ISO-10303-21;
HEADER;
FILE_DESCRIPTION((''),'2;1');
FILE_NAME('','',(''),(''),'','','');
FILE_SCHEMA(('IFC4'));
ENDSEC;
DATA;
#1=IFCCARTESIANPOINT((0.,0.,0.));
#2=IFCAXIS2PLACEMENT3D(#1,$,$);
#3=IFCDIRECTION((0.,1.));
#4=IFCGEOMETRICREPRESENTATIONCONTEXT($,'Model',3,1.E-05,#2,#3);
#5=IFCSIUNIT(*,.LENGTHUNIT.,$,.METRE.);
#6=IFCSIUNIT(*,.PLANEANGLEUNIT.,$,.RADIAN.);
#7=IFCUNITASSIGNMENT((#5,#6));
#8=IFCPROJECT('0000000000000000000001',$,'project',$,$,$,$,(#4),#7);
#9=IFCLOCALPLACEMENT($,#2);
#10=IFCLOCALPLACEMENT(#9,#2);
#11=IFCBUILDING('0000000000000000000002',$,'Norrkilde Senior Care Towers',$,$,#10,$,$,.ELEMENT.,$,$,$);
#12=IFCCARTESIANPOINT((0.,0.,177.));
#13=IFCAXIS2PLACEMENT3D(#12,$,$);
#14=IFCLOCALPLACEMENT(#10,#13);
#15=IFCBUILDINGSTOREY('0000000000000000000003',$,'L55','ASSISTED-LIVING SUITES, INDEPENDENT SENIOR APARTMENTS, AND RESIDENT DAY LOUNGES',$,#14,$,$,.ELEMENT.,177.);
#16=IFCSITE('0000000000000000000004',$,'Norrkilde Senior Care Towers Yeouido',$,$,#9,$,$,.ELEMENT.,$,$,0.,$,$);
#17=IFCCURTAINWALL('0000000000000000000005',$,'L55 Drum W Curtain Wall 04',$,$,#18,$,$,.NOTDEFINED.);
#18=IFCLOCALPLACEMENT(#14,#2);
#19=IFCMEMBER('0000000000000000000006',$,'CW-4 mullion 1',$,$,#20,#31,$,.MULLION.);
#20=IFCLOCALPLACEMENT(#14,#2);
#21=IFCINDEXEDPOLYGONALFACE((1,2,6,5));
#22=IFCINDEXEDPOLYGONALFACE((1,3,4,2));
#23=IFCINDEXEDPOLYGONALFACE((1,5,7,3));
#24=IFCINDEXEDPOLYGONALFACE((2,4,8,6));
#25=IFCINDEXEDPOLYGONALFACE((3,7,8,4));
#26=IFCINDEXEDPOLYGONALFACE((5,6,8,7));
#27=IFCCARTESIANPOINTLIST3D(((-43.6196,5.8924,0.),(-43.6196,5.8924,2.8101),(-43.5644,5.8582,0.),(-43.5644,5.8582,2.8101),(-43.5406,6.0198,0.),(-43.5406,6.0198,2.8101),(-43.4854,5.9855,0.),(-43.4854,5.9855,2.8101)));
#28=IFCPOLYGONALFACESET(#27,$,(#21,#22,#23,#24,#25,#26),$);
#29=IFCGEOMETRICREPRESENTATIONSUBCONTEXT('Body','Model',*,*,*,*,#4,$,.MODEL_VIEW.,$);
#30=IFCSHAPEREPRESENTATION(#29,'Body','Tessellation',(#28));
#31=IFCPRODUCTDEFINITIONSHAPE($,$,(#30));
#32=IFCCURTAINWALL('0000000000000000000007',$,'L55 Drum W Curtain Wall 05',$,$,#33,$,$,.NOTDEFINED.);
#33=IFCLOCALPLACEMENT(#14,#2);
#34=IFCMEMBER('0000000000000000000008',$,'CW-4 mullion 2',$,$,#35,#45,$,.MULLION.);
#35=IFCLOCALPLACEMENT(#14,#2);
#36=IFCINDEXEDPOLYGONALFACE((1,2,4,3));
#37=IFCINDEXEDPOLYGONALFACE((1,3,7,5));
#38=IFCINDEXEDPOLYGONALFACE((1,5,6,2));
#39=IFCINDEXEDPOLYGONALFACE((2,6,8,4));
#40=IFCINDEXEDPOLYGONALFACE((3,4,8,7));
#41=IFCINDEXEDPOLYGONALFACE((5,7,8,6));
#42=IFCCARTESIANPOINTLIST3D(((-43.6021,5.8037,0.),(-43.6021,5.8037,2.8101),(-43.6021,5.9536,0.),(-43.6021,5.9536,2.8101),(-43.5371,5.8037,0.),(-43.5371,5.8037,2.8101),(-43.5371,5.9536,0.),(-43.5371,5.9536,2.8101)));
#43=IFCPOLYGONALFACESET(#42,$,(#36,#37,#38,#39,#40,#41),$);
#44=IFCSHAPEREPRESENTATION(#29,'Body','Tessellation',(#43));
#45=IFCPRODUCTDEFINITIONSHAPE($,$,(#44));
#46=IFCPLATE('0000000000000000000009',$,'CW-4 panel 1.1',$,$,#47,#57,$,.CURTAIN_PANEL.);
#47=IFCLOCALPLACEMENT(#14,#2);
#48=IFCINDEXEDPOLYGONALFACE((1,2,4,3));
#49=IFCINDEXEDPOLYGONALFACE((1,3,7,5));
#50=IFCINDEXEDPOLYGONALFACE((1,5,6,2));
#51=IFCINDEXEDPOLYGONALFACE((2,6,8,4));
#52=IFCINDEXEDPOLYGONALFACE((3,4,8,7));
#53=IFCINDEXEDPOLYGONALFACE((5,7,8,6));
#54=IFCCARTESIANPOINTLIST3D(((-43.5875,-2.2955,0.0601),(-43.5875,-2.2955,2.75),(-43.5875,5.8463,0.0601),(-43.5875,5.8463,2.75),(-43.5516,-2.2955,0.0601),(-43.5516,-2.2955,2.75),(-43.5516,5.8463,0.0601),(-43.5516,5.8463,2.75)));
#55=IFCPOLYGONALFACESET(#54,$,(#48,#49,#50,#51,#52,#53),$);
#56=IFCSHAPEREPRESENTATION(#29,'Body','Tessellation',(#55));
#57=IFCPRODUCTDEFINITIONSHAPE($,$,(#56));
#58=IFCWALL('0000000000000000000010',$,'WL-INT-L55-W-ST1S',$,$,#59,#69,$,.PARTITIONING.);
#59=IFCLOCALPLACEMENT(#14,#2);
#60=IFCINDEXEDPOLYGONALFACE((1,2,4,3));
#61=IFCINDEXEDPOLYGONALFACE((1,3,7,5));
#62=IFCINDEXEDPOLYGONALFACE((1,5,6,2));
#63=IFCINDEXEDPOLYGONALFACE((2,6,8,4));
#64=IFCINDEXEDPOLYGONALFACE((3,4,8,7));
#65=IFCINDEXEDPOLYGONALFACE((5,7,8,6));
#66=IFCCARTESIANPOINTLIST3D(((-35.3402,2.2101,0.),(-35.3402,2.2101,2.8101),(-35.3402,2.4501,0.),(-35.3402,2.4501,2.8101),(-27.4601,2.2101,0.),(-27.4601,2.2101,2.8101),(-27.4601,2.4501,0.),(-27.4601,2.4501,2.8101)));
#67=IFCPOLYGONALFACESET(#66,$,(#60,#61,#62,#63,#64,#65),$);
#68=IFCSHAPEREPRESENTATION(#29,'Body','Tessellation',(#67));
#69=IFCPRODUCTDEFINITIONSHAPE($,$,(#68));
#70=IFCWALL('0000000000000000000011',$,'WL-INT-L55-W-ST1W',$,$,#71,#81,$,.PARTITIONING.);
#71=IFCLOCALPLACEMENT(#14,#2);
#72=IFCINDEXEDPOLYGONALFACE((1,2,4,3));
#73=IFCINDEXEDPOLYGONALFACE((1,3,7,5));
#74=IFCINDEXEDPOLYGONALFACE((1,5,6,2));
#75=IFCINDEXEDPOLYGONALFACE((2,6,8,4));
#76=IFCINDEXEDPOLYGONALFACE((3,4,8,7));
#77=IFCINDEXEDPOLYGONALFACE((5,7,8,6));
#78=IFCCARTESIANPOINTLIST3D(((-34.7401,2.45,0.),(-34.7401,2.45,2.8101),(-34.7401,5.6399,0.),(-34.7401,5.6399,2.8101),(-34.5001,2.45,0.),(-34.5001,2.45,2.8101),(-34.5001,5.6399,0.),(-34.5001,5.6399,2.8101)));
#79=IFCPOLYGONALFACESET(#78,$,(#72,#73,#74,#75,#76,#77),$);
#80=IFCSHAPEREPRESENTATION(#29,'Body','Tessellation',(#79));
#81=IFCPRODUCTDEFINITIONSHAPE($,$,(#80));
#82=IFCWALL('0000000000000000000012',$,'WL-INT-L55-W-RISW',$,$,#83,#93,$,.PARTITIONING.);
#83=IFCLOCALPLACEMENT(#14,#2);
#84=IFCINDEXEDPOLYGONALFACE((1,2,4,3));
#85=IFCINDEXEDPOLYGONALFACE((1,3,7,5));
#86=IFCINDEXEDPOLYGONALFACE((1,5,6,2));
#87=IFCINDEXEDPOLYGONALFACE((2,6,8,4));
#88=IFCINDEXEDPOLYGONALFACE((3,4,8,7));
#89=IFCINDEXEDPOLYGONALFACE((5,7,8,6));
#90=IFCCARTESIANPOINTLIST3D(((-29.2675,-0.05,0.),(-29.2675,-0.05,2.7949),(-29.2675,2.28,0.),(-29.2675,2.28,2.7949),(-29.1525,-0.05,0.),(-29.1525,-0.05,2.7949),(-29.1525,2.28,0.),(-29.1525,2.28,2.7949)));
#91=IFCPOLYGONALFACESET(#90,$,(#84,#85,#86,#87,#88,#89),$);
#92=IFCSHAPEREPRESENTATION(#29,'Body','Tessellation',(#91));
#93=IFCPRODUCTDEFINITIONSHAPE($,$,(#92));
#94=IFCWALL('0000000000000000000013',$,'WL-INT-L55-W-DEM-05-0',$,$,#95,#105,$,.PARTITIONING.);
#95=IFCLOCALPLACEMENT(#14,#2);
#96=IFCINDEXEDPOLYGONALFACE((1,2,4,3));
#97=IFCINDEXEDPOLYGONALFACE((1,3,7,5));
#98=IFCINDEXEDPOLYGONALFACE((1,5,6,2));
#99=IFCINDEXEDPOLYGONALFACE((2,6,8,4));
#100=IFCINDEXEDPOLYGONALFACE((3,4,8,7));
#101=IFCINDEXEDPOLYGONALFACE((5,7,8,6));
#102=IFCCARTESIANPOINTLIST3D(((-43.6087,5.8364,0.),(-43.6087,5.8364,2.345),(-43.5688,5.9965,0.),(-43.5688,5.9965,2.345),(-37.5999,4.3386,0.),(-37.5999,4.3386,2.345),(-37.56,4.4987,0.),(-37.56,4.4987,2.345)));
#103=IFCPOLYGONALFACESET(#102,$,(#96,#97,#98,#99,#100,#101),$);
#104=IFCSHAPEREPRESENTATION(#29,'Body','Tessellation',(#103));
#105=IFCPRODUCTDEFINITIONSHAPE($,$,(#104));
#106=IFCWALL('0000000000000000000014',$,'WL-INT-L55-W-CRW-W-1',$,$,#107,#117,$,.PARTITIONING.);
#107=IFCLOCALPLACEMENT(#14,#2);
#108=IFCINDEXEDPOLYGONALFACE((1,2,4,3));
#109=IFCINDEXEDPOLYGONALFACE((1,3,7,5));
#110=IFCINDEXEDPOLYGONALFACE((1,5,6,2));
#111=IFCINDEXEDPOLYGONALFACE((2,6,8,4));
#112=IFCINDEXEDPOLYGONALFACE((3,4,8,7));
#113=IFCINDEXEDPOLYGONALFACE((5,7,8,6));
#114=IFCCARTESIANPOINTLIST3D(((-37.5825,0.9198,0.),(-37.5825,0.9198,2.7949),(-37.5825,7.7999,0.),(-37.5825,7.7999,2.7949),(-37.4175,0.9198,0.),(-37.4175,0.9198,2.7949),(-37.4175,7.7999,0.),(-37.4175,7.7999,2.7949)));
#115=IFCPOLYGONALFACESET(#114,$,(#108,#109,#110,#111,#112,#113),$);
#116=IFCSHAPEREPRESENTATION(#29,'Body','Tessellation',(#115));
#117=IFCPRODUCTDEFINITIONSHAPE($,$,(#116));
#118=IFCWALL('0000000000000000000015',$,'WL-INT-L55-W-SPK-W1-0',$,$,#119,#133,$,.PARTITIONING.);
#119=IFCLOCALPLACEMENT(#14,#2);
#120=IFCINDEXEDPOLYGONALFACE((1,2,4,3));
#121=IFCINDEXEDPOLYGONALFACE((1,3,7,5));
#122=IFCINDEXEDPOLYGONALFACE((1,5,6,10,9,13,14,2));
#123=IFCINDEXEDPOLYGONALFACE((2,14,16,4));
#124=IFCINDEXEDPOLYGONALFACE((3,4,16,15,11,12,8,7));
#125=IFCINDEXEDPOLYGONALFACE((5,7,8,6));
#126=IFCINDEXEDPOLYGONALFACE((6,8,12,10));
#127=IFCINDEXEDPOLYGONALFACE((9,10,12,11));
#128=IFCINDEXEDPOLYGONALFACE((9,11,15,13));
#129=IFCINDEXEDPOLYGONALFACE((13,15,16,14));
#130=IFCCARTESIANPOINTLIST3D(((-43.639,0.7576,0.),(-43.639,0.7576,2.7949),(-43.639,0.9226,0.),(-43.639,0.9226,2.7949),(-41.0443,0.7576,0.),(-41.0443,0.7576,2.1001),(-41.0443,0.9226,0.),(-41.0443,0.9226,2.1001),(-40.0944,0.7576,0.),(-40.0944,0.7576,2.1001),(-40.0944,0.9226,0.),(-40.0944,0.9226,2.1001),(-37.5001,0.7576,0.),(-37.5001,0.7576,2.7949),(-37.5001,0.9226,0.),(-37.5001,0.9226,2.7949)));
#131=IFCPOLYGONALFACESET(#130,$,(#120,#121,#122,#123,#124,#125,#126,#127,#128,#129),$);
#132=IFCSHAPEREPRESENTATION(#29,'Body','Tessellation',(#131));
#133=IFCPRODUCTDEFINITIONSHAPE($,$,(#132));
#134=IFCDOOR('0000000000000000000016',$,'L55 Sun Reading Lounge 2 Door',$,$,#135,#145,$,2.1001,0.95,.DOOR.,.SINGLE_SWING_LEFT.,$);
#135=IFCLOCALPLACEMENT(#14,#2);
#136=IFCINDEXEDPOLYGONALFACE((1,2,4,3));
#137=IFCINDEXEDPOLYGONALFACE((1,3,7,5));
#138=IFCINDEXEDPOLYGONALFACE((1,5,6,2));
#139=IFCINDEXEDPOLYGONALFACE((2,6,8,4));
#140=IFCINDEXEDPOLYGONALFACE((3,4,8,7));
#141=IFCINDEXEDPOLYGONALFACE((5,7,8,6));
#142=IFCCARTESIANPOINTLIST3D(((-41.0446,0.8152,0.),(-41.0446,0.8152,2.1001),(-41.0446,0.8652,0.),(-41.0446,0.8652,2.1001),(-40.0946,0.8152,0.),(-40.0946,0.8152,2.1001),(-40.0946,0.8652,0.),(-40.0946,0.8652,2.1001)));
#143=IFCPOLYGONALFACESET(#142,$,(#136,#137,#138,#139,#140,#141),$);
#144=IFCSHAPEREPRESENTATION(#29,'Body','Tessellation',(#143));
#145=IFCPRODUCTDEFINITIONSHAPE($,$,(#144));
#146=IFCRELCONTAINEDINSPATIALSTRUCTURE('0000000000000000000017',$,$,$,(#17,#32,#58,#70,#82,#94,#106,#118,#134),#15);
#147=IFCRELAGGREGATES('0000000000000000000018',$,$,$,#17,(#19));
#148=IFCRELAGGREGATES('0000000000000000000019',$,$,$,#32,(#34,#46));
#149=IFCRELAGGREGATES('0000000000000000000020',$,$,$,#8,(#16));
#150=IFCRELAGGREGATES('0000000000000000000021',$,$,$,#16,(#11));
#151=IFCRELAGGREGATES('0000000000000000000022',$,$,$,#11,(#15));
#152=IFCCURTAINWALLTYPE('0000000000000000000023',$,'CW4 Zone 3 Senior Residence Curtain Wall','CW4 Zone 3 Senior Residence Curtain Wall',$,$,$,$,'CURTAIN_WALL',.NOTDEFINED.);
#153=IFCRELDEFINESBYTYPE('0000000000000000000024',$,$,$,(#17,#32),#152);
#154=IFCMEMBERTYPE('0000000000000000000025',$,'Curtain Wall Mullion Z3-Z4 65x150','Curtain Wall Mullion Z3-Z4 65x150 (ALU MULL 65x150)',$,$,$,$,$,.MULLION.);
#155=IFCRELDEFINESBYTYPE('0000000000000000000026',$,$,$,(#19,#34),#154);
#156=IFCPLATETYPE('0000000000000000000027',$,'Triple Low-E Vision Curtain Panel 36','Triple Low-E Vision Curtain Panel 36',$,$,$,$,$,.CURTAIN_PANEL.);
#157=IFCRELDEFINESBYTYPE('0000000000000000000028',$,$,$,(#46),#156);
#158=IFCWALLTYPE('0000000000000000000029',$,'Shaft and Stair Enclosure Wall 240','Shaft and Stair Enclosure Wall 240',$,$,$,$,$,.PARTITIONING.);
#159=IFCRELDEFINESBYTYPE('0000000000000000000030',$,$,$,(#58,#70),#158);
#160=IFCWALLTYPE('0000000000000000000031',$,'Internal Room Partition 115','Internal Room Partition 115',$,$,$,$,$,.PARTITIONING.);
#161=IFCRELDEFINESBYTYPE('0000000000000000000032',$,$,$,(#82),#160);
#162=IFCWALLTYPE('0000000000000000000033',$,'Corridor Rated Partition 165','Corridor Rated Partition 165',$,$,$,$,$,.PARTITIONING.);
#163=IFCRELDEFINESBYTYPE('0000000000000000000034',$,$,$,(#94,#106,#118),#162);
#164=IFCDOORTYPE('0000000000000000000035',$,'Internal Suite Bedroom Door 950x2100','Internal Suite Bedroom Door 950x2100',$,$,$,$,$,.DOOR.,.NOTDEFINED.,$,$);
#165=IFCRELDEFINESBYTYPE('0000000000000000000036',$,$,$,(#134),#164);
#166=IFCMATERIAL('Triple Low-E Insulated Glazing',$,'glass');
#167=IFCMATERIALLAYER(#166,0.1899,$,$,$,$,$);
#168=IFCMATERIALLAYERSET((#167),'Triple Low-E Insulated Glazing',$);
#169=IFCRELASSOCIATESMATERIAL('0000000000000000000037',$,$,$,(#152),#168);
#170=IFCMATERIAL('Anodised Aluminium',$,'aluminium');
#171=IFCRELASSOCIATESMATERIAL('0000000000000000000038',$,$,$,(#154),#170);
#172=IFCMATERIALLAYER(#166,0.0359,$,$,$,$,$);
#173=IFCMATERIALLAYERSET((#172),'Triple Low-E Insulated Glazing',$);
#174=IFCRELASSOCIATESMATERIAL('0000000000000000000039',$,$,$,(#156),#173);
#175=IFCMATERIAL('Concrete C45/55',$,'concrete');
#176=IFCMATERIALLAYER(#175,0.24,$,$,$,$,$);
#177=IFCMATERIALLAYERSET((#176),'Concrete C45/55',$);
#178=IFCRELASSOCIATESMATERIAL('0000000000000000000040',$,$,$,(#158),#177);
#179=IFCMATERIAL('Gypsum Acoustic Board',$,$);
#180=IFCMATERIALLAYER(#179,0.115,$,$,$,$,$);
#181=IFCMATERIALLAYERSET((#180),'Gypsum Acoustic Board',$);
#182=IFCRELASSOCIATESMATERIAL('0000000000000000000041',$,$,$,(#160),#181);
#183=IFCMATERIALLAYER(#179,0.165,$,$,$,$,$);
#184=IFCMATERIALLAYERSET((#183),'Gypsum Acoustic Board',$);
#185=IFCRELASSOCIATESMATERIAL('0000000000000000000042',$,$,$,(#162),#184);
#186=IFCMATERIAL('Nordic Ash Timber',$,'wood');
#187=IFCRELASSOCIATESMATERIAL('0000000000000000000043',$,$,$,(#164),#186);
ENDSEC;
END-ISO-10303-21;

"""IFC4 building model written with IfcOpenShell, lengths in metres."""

from ifc_helpers import new_model, si_unit, direction, frame, frame_2d, origin, origin_2d, place, context, subcontext, project, spatial, rectangle, extrude, source, transform, mapped, material, layer, layer_set, material_profile, profile_set, type_object, type_shapes, element, fill, aggregate, save


model = new_model("IFC4")

# Units and contexts
model_context = context("Model", 3, precision=1e-05, world=origin(), true_north=direction((0.0, 1.0)))
body_context = subcontext(model_context, "Body", "Model", "MODEL_VIEW")
ifc_project = project(units=[si_unit("LENGTHUNIT", "METRE"), si_unit("PLANEANGLEUNIT", "RADIAN")], contexts=[model_context])

# Site, building, storey
site_placement = place(None, origin())
site = spatial("IfcSite", under=ifc_project, at=site_placement, Name="Norrkilde Senior Care Towers Yeouido", CompositionType="ELEMENT", RefElevation=0.0)
building_placement = place(site_placement, origin())
building = spatial("IfcBuilding", under=site, at=building_placement, Name="Norrkilde Senior Care Towers", CompositionType="ELEMENT")
storey_placement = place(building_placement, frame((0.0, 0.0, 177.0)))
storey = spatial("IfcBuildingStorey", under=building, at=storey_placement, Name="L55", Description="ASSISTED-LIVING SUITES, INDEPENDENT SENIOR APARTMENTS, AND RESIDENT DAY LOUNGES", CompositionType="ELEMENT", Elevation=177.0)

# Curtain wall, member
ifc_material_1 = material(Name="Triple Low-E Insulated Glazing", Category="glass")
ifc_layer_1 = layer(ifc_material_1, 0.1899)
ifc_layer_set_1 = layer_set([ifc_layer_1], Name="Triple Low-E Insulated Glazing")
curtain_wall_type = type_object("IfcCurtainWallType", Name="CW4 Zone 3 Senior Residence Curtain Wall", Description="CW4 Zone 3 Senior Residence Curtain Wall", ElementType="CURTAIN_WALL", PredefinedType="NOTDEFINED", material=ifc_layer_set_1)
curtain_wall_1_placement = place(storey_placement, origin())
curtain_wall_1 = element("IfcCurtainWall", 1, at=curtain_wall_1_placement, inside=storey, type_object=curtain_wall_type, Name="L55 Drum W Curtain Wall 04", PredefinedType="NOTDEFINED")
ifc_material_2 = material(Name="Anodised Aluminium", Category="aluminium")
ifc_material_profile_1 = material_profile(ifc_material_2, rectangle(XDim=0.0649, YDim=0.1499, at=origin_2d()), Name="ALU MULL 65x150")
ifc_profile_set_1 = profile_set([ifc_material_profile_1], Name="Anodised Aluminium")
member_type = type_object("IfcMemberType", Name="Curtain Wall Mullion Z3-Z4 65x150", Description="Curtain Wall Mullion Z3-Z4 65x150 (ALU MULL 65x150)", PredefinedType="MULLION", material=ifc_profile_set_1)
shared_shape_1 = source(origin(), body_context, "Body", "SweptSolid", [
    extrude(rectangle(XDim=0.0649, YDim=0.1499, at=origin_2d()), origin(), (0.0, 0.0, 1.0), 2.8101),
])
type_shapes(member_type, [shared_shape_1])
member_1_placement = place(storey_placement, frame((-43.5525, 5.939, 0.0), z_axis=(0.0, 0.0, 1.0), x_axis=(-0.849634, 0.527373, 0.0)))
member_1 = element("IfcMember", 2, at=member_1_placement, type_object=member_type, Name="CW-4 mullion 1", PredefinedType="MULLION", context=body_context, shape_type="MappedRepresentation", body=[
    mapped(shared_shape_1, transform((0.0, 0.0, 0.0), x_axis=(1.0, 0.0, 0.0), y_axis=(0.0, 1.0, 0.0), z_axis=(0.0, 0.0, 1.0), scale=1.0)),
])
aggregate(curtain_wall_1, [member_1])

# Curtain wall, member, plate
curtain_wall_2_placement = place(storey_placement, origin())
curtain_wall_2 = element("IfcCurtainWall", 3, at=curtain_wall_2_placement, inside=storey, type_object=curtain_wall_type, Name="L55 Drum W Curtain Wall 05", PredefinedType="NOTDEFINED")
member_2_placement = place(storey_placement, frame((-43.5696, 5.8787, 0.0), z_axis=(0.0, 0.0, 1.0), x_axis=(-1.0, 0.0, 0.0)))
member_2 = element("IfcMember", 4, at=member_2_placement, type_object=member_type, Name="CW-4 mullion 2", PredefinedType="MULLION", context=body_context, shape_type="MappedRepresentation", body=[
    mapped(shared_shape_1, transform((0.0, 0.0, 0.0), x_axis=(1.0, 0.0, 0.0), y_axis=(0.0, 1.0, 0.0), z_axis=(0.0, 0.0, 1.0), scale=1.0)),
])
ifc_layer_2 = layer(ifc_material_1, 0.0359)
ifc_layer_set_2 = layer_set([ifc_layer_2], Name="Triple Low-E Insulated Glazing")
plate_type = type_object("IfcPlateType", Name="Triple Low-E Vision Curtain Panel 36", Description="Triple Low-E Vision Curtain Panel 36", PredefinedType="CURTAIN_PANEL", material=ifc_layer_set_2)
shared_shape_2 = source(origin(), body_context, "Body", "SweptSolid", [
    extrude(rectangle(XDim=8.1418, YDim=0.0359, at=origin_2d()), origin(), (0.0, 0.0, 1.0), 2.6899),
])
type_shapes(plate_type, [shared_shape_2])
plate_placement = place(storey_placement, frame((-43.5696, 1.7754, 0.0601), z_axis=(0.0, 0.0, 1.0), x_axis=(0.0, 1.0, 0.0)))
plate = element("IfcPlate", 5, at=plate_placement, type_object=plate_type, Name="CW-4 panel 1.1", PredefinedType="CURTAIN_PANEL", context=body_context, shape_type="MappedRepresentation", body=[
    mapped(shared_shape_2, transform((0.0, 0.0, 0.0), x_axis=(1.0, 0.0, 0.0), y_axis=(0.0, 1.0, 0.0), z_axis=(0.0, 0.0, 1.0), scale=1.0)),
])
aggregate(curtain_wall_2, [member_2, plate])

# Walls
ifc_material_3 = material(Name="Concrete C45/55", Category="concrete")
ifc_layer_3 = layer(ifc_material_3, 0.24)
ifc_layer_set_3 = layer_set([ifc_layer_3], Name="Concrete C45/55")
wall_type_1 = type_object("IfcWallType", Name="Shaft and Stair Enclosure Wall 240", Description="Shaft and Stair Enclosure Wall 240", PredefinedType="PARTITIONING", material=ifc_layer_set_3)
shared_shape_3 = source(origin(), body_context, "Body", "SweptSolid", [
    extrude(rectangle(XDim=7.8801, YDim=0.24, at=frame_2d((3.9399, 0.0))), origin(), (0.0, 0.0, 1.0), 2.8101),
])
wall_1_placement = place(storey_placement, frame((-35.3401, 2.3301, 0.0), z_axis=(0.0, 0.0, 1.0), x_axis=(1.0, 0.0, 0.0)))
element("IfcWall", 6, at=wall_1_placement, inside=storey, type_object=wall_type_1, Name="WL-INT-L55-W-ST1S", PredefinedType="PARTITIONING", context=body_context, shape_type="MappedRepresentation", body=[
    mapped(shared_shape_3, transform((0.0, 0.0, 0.0), x_axis=(1.0, 0.0, 0.0), y_axis=(0.0, 1.0, 0.0), z_axis=(0.0, 0.0, 1.0), scale=1.0)),
])
shared_shape_4 = source(origin(), body_context, "Body", "SweptSolid", [
    extrude(rectangle(XDim=3.1899, YDim=0.24, at=frame_2d((1.595, 0.0))), origin(), (0.0, 0.0, 1.0), 2.8101),
])
type_shapes(wall_type_1, [shared_shape_3, shared_shape_4])
wall_2_placement = place(storey_placement, frame((-34.6201, 2.45, 0.0), z_axis=(0.0, 0.0, 1.0), x_axis=(0.0, 1.0, 0.0)))
element("IfcWall", 7, at=wall_2_placement, inside=storey, type_object=wall_type_1, Name="WL-INT-L55-W-ST1W", PredefinedType="PARTITIONING", context=body_context, shape_type="MappedRepresentation", body=[
    mapped(shared_shape_4, transform((0.0, 0.0, 0.0), x_axis=(1.0, 0.0, 0.0), y_axis=(0.0, 1.0, 0.0), z_axis=(0.0, 0.0, 1.0), scale=1.0)),
])

# Walls
ifc_material_4 = material(Name="Gypsum Acoustic Board")
ifc_layer_4 = layer(ifc_material_4, 0.115)
ifc_layer_set_4 = layer_set([ifc_layer_4], Name="Gypsum Acoustic Board")
wall_type_2 = type_object("IfcWallType", Name="Internal Room Partition 115", Description="Internal Room Partition 115", PredefinedType="PARTITIONING", material=ifc_layer_set_4)
shared_shape_5 = source(origin(), body_context, "Body", "SweptSolid", [
    extrude(rectangle(XDim=2.3301, YDim=0.115, at=frame_2d((1.165, 0.0))), origin(), (0.0, 0.0, 1.0), 2.7949),
])
type_shapes(wall_type_2, [shared_shape_5])
wall_3_placement = place(storey_placement, frame((-29.21, -0.05, 0.0), z_axis=(0.0, 0.0, 1.0), x_axis=(0.0, 1.0, 0.0)))
element("IfcWall", 8, at=wall_3_placement, inside=storey, type_object=wall_type_2, Name="WL-INT-L55-W-RISW", PredefinedType="PARTITIONING", context=body_context, shape_type="MappedRepresentation", body=[
    mapped(shared_shape_5, transform((0.0, 0.0, 0.0), x_axis=(1.0, 0.0, 0.0), y_axis=(0.0, 1.0, 0.0), z_axis=(0.0, 0.0, 1.0), scale=1.0)),
])
ifc_layer_5 = layer(ifc_material_4, 0.165)
ifc_layer_set_5 = layer_set([ifc_layer_5], Name="Gypsum Acoustic Board")
wall_type_3 = type_object("IfcWallType", Name="Corridor Rated Partition 165", Description="Corridor Rated Partition 165", PredefinedType="PARTITIONING", material=ifc_layer_set_5)
shared_shape_6 = source(origin(), body_context, "Body", "SweptSolid", [
    extrude(rectangle(XDim=6.1926, YDim=0.165, at=frame_2d((3.0962, 0.0))), origin(), (0.0, 0.0, 1.0), 2.345),
])
wall_4_placement = place(storey_placement, frame((-37.5801, 4.4187, 0.0), z_axis=(0.0, 0.0, 1.0), x_axis=(-0.970309, 0.241868, 0.0)))
element("IfcWall", 9, at=wall_4_placement, inside=storey, type_object=wall_type_3, Name="WL-INT-L55-W-DEM-05-0", PredefinedType="PARTITIONING", context=body_context, shape_type="MappedRepresentation", body=[
    mapped(shared_shape_6, transform((0.0, 0.0, 0.0), x_axis=(1.0, 0.0, 0.0), y_axis=(0.0, 1.0, 0.0), z_axis=(0.0, 0.0, 1.0), scale=1.0)),
])
shared_shape_7 = source(origin(), body_context, "Body", "SweptSolid", [
    extrude(rectangle(XDim=6.8801, YDim=0.165, at=frame_2d((3.4399, 0.0))), origin(), (0.0, 0.0, 1.0), 2.7949),
])
wall_5_placement = place(storey_placement, frame((-37.5, 0.9199, 0.0), z_axis=(0.0, 0.0, 1.0), x_axis=(0.0, 1.0, 0.0)))
element("IfcWall", 10, at=wall_5_placement, inside=storey, type_object=wall_type_3, Name="WL-INT-L55-W-CRW-W-1", PredefinedType="PARTITIONING", context=body_context, shape_type="MappedRepresentation", body=[
    mapped(shared_shape_7, transform((0.0, 0.0, 0.0), x_axis=(1.0, 0.0, 0.0), y_axis=(0.0, 1.0, 0.0), z_axis=(0.0, 0.0, 1.0), scale=1.0)),
])

# Wall, opening, door
shared_shape_8 = source(origin(), body_context, "Body", "SweptSolid", [
    extrude(rectangle(XDim=6.1389, YDim=0.165, at=frame_2d((3.0693, 0.0))), origin(), (0.0, 0.0, 1.0), 2.7949),
])
type_shapes(wall_type_3, [shared_shape_6, shared_shape_7, shared_shape_8])
wall_6_placement = place(storey_placement, frame((-43.6389, 0.8401, 0.0), z_axis=(0.0, 0.0, 1.0), x_axis=(1.0, 0.0, 0.0)))
wall_6 = element("IfcWall", 11, at=wall_6_placement, inside=storey, type_object=wall_type_3, Name="WL-INT-L55-W-SPK-W1-0", PredefinedType="PARTITIONING", context=body_context, shape_type="MappedRepresentation", body=[
    mapped(shared_shape_8, transform((0.0, 0.0, 0.0), x_axis=(1.0, 0.0, 0.0), y_axis=(0.0, 1.0, 0.0), z_axis=(0.0, 0.0, 1.0), scale=1.0)),
])
opening_1_placement = place(wall_6_placement, frame((2.5945, 0.0, 0.0)))
opening_1 = element("IfcOpeningElement", 12, at=opening_1_placement, cuts=wall_6, PredefinedType="OPENING", context=body_context, shape_type="SweptSolid", body=[
    extrude(rectangle(XDim=0.95, YDim=2.1001, at=frame_2d((0.4751, 1.05))), frame((0.0, 0.0925, 0.0), z_axis=(0.0, -1.0, 0.0), x_axis=(1.0, 0.0, 0.0)), (0.0, 0.0, 1.0), 0.1851),
])
ifc_material_5 = material(Name="Nordic Ash Timber", Category="wood")
door_type_1 = type_object("IfcDoorType", Name="Internal Suite Bedroom Door 950x2100", Description="Internal Suite Bedroom Door 950x2100", OperationType="NOTDEFINED", PredefinedType="DOOR", material=ifc_material_5)
shared_shape_9 = source(origin(), body_context, "Body", "SweptSolid", [
    extrude(rectangle(XDim=0.95, YDim=2.1001, at=frame_2d((0.4751, 1.05))), frame((0.0, 0.0249, 0.0), z_axis=(0.0, -1.0, 0.0), x_axis=(1.0, 0.0, 0.0)), (0.0, 0.0, 1.0), 0.05),
])
type_shapes(door_type_1, [shared_shape_9])
door_1_placement = place(opening_1_placement, frame((0.95, 0.0, 0.0), z_axis=(0.0, 0.0, 1.0), x_axis=(-1.0, 0.0, 0.0)))
door_1 = element("IfcDoor", 13, at=door_1_placement, inside=storey, type_object=door_type_1, Name="L55 Sun Reading Lounge 2 Door", OperationType="SINGLE_SWING_LEFT", OverallHeight=2.1001, OverallWidth=0.95, PredefinedType="DOOR", context=body_context, shape_type="MappedRepresentation", body=[
    mapped(shared_shape_9, transform((0.0, 0.0, 0.0), x_axis=(1.0, 0.0, 0.0), y_axis=(0.0, 1.0, 0.0), z_axis=(0.0, 0.0, 1.0), scale=1.0)),
])
fill(opening_1, door_1)

save(model, "model.ifc")
